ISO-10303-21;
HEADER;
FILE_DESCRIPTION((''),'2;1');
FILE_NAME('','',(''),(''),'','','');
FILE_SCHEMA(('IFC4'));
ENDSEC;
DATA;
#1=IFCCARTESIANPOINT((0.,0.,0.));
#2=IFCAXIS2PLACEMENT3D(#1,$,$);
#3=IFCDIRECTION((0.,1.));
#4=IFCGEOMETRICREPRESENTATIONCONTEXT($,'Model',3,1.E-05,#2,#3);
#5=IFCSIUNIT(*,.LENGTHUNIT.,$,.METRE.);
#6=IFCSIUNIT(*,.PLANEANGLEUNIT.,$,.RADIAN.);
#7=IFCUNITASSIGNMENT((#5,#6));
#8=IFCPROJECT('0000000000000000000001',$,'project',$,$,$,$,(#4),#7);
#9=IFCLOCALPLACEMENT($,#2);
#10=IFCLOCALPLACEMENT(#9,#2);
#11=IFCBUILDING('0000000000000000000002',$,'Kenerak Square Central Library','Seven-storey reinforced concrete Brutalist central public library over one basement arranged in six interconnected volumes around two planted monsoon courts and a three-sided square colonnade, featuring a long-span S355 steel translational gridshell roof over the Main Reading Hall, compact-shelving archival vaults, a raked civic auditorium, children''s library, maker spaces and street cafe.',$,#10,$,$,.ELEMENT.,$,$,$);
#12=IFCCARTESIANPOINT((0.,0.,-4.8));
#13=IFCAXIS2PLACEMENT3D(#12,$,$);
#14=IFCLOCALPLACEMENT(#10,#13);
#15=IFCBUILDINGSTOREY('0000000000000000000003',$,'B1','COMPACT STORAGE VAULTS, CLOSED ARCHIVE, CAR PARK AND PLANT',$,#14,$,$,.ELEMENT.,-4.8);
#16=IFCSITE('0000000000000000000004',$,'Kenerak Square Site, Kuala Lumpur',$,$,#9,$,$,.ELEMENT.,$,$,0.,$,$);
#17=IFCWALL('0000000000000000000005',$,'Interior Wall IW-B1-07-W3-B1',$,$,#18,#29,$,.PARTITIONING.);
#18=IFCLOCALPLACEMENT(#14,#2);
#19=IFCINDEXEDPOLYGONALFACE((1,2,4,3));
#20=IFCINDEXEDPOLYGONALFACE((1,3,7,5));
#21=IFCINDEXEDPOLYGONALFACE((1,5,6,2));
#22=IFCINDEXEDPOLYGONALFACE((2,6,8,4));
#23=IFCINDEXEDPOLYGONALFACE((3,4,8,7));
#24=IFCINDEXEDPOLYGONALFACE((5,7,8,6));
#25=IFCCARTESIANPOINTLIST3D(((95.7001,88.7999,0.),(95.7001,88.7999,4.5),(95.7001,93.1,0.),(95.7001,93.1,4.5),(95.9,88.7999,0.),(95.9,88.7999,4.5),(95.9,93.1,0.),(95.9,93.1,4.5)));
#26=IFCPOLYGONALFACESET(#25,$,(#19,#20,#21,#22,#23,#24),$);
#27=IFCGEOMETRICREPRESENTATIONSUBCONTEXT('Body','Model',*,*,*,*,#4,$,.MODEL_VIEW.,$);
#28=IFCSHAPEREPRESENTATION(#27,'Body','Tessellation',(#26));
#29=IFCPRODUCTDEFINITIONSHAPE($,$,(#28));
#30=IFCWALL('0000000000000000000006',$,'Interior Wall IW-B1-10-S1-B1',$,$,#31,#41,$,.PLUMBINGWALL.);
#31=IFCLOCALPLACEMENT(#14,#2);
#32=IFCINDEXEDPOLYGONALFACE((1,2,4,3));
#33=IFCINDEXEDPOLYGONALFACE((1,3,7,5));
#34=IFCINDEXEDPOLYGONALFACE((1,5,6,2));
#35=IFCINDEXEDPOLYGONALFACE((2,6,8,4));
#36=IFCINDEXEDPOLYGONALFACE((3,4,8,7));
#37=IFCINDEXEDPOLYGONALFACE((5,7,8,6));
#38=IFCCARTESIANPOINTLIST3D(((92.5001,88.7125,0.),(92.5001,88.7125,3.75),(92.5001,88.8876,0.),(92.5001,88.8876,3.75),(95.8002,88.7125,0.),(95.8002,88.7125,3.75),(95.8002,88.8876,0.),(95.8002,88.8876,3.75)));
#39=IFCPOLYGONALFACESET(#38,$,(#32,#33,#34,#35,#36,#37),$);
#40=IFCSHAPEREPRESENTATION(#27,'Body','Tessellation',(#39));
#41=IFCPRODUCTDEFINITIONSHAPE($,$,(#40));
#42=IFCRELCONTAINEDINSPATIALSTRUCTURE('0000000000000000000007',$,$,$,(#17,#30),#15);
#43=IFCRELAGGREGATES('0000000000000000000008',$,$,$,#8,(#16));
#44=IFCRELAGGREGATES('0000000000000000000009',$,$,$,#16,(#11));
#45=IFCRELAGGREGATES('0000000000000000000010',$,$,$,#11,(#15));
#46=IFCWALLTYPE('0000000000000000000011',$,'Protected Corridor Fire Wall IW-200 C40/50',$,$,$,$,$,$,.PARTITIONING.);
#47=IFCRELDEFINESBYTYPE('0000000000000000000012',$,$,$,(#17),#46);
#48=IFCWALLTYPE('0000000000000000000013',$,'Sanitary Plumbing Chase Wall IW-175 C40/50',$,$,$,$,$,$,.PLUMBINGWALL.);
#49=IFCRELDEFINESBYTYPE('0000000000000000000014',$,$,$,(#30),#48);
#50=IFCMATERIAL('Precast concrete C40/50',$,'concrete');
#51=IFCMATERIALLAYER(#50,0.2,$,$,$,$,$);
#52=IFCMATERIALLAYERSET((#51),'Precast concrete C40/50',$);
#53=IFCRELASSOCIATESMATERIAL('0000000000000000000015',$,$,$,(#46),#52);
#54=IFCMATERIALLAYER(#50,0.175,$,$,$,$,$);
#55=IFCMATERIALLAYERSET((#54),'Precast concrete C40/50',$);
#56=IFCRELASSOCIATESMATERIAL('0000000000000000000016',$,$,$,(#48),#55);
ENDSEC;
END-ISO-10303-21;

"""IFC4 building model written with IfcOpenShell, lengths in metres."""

from ifc_helpers import new_model, si_unit, direction, frame, frame_2d, origin, place, context, subcontext, project, spatial, rectangle, extrude, material, layer, layer_set, type_object, element, save


model = new_model("IFC4")

# Units and contexts
model_context = context("Model", 3, precision=1e-05, world=origin(), true_north=direction((0.0, 1.0)))
body_context = subcontext(model_context, "Body", "Model", "MODEL_VIEW")
ifc_project = project(units=[si_unit("LENGTHUNIT", "METRE"), si_unit("PLANEANGLEUNIT", "RADIAN")], contexts=[model_context])

# Site, building, storey
site_placement = place(None, origin())
site = spatial("IfcSite", under=ifc_project, at=site_placement, Name="Kenerak Square Site, Kuala Lumpur", CompositionType="ELEMENT", RefElevation=0.0)
building_placement = place(site_placement, origin())
building = spatial("IfcBuilding", under=site, at=building_placement, Name="Kenerak Square Central Library", Description="Seven-storey reinforced concrete Brutalist central public library over one basement arranged in six interconnected volumes around two planted monsoon courts and a three-sided square colonnade, featuring a long-span S355 steel translational gridshell roof over the Main Reading Hall, compact-shelving archival vaults, a raked civic auditorium, children's library, maker spaces and street cafe.", CompositionType="ELEMENT")
storey_placement = place(building_placement, frame((0.0, 0.0, -4.8)))
storey = spatial("IfcBuildingStorey", under=building, at=storey_placement, Name="B1", Description="COMPACT STORAGE VAULTS, CLOSED ARCHIVE, CAR PARK AND PLANT", CompositionType="ELEMENT", Elevation=-4.8)

# Walls
ifc_material_1 = material(Name="Precast concrete C40/50", Category="concrete")
ifc_layer_1 = layer(ifc_material_1, 0.2)
ifc_layer_set_1 = layer_set([ifc_layer_1], Name="Precast concrete C40/50")
wall_type_1 = type_object("IfcWallType", Name="Protected Corridor Fire Wall IW-200 C40/50", PredefinedType="PARTITIONING", material=ifc_layer_set_1)
wall_1_placement = place(storey_placement, frame((95.8, 88.8, 0.0), z_axis=(0.0, 0.0, 1.0), x_axis=(0.0, 1.0, 0.0)))
element("IfcWall", 1, at=wall_1_placement, inside=storey, type_object=wall_type_1, Name="Interior Wall IW-B1-07-W3-B1", PredefinedType="PARTITIONING", context=body_context, shape_type="SweptSolid", body=[
    extrude(rectangle(XDim=4.3, YDim=0.2, at=frame_2d((2.1499, 0.0))), origin(), (0.0, 0.0, 1.0), 4.5),
])
ifc_layer_2 = layer(ifc_material_1, 0.175)
ifc_layer_set_2 = layer_set([ifc_layer_2], Name="Precast concrete C40/50")
wall_type_2 = type_object("IfcWallType", Name="Sanitary Plumbing Chase Wall IW-175 C40/50", PredefinedType="PLUMBINGWALL", material=ifc_layer_set_2)
wall_2_placement = place(storey_placement, frame((95.8, 88.8, 0.0), z_axis=(0.0, 0.0, 1.0), x_axis=(-1.0, 0.0, 0.0)))
element("IfcWall", 2, at=wall_2_placement, inside=storey, type_object=wall_type_2, Name="Interior Wall IW-B1-10-S1-B1", PredefinedType="PLUMBINGWALL", context=body_context, shape_type="SweptSolid", body=[
    extrude(rectangle(XDim=3.3, YDim=0.175, at=frame_2d((1.6499, 0.0))), origin(), (0.0, 0.0, 1.0), 3.75),
])

save(model, "model.ifc")
